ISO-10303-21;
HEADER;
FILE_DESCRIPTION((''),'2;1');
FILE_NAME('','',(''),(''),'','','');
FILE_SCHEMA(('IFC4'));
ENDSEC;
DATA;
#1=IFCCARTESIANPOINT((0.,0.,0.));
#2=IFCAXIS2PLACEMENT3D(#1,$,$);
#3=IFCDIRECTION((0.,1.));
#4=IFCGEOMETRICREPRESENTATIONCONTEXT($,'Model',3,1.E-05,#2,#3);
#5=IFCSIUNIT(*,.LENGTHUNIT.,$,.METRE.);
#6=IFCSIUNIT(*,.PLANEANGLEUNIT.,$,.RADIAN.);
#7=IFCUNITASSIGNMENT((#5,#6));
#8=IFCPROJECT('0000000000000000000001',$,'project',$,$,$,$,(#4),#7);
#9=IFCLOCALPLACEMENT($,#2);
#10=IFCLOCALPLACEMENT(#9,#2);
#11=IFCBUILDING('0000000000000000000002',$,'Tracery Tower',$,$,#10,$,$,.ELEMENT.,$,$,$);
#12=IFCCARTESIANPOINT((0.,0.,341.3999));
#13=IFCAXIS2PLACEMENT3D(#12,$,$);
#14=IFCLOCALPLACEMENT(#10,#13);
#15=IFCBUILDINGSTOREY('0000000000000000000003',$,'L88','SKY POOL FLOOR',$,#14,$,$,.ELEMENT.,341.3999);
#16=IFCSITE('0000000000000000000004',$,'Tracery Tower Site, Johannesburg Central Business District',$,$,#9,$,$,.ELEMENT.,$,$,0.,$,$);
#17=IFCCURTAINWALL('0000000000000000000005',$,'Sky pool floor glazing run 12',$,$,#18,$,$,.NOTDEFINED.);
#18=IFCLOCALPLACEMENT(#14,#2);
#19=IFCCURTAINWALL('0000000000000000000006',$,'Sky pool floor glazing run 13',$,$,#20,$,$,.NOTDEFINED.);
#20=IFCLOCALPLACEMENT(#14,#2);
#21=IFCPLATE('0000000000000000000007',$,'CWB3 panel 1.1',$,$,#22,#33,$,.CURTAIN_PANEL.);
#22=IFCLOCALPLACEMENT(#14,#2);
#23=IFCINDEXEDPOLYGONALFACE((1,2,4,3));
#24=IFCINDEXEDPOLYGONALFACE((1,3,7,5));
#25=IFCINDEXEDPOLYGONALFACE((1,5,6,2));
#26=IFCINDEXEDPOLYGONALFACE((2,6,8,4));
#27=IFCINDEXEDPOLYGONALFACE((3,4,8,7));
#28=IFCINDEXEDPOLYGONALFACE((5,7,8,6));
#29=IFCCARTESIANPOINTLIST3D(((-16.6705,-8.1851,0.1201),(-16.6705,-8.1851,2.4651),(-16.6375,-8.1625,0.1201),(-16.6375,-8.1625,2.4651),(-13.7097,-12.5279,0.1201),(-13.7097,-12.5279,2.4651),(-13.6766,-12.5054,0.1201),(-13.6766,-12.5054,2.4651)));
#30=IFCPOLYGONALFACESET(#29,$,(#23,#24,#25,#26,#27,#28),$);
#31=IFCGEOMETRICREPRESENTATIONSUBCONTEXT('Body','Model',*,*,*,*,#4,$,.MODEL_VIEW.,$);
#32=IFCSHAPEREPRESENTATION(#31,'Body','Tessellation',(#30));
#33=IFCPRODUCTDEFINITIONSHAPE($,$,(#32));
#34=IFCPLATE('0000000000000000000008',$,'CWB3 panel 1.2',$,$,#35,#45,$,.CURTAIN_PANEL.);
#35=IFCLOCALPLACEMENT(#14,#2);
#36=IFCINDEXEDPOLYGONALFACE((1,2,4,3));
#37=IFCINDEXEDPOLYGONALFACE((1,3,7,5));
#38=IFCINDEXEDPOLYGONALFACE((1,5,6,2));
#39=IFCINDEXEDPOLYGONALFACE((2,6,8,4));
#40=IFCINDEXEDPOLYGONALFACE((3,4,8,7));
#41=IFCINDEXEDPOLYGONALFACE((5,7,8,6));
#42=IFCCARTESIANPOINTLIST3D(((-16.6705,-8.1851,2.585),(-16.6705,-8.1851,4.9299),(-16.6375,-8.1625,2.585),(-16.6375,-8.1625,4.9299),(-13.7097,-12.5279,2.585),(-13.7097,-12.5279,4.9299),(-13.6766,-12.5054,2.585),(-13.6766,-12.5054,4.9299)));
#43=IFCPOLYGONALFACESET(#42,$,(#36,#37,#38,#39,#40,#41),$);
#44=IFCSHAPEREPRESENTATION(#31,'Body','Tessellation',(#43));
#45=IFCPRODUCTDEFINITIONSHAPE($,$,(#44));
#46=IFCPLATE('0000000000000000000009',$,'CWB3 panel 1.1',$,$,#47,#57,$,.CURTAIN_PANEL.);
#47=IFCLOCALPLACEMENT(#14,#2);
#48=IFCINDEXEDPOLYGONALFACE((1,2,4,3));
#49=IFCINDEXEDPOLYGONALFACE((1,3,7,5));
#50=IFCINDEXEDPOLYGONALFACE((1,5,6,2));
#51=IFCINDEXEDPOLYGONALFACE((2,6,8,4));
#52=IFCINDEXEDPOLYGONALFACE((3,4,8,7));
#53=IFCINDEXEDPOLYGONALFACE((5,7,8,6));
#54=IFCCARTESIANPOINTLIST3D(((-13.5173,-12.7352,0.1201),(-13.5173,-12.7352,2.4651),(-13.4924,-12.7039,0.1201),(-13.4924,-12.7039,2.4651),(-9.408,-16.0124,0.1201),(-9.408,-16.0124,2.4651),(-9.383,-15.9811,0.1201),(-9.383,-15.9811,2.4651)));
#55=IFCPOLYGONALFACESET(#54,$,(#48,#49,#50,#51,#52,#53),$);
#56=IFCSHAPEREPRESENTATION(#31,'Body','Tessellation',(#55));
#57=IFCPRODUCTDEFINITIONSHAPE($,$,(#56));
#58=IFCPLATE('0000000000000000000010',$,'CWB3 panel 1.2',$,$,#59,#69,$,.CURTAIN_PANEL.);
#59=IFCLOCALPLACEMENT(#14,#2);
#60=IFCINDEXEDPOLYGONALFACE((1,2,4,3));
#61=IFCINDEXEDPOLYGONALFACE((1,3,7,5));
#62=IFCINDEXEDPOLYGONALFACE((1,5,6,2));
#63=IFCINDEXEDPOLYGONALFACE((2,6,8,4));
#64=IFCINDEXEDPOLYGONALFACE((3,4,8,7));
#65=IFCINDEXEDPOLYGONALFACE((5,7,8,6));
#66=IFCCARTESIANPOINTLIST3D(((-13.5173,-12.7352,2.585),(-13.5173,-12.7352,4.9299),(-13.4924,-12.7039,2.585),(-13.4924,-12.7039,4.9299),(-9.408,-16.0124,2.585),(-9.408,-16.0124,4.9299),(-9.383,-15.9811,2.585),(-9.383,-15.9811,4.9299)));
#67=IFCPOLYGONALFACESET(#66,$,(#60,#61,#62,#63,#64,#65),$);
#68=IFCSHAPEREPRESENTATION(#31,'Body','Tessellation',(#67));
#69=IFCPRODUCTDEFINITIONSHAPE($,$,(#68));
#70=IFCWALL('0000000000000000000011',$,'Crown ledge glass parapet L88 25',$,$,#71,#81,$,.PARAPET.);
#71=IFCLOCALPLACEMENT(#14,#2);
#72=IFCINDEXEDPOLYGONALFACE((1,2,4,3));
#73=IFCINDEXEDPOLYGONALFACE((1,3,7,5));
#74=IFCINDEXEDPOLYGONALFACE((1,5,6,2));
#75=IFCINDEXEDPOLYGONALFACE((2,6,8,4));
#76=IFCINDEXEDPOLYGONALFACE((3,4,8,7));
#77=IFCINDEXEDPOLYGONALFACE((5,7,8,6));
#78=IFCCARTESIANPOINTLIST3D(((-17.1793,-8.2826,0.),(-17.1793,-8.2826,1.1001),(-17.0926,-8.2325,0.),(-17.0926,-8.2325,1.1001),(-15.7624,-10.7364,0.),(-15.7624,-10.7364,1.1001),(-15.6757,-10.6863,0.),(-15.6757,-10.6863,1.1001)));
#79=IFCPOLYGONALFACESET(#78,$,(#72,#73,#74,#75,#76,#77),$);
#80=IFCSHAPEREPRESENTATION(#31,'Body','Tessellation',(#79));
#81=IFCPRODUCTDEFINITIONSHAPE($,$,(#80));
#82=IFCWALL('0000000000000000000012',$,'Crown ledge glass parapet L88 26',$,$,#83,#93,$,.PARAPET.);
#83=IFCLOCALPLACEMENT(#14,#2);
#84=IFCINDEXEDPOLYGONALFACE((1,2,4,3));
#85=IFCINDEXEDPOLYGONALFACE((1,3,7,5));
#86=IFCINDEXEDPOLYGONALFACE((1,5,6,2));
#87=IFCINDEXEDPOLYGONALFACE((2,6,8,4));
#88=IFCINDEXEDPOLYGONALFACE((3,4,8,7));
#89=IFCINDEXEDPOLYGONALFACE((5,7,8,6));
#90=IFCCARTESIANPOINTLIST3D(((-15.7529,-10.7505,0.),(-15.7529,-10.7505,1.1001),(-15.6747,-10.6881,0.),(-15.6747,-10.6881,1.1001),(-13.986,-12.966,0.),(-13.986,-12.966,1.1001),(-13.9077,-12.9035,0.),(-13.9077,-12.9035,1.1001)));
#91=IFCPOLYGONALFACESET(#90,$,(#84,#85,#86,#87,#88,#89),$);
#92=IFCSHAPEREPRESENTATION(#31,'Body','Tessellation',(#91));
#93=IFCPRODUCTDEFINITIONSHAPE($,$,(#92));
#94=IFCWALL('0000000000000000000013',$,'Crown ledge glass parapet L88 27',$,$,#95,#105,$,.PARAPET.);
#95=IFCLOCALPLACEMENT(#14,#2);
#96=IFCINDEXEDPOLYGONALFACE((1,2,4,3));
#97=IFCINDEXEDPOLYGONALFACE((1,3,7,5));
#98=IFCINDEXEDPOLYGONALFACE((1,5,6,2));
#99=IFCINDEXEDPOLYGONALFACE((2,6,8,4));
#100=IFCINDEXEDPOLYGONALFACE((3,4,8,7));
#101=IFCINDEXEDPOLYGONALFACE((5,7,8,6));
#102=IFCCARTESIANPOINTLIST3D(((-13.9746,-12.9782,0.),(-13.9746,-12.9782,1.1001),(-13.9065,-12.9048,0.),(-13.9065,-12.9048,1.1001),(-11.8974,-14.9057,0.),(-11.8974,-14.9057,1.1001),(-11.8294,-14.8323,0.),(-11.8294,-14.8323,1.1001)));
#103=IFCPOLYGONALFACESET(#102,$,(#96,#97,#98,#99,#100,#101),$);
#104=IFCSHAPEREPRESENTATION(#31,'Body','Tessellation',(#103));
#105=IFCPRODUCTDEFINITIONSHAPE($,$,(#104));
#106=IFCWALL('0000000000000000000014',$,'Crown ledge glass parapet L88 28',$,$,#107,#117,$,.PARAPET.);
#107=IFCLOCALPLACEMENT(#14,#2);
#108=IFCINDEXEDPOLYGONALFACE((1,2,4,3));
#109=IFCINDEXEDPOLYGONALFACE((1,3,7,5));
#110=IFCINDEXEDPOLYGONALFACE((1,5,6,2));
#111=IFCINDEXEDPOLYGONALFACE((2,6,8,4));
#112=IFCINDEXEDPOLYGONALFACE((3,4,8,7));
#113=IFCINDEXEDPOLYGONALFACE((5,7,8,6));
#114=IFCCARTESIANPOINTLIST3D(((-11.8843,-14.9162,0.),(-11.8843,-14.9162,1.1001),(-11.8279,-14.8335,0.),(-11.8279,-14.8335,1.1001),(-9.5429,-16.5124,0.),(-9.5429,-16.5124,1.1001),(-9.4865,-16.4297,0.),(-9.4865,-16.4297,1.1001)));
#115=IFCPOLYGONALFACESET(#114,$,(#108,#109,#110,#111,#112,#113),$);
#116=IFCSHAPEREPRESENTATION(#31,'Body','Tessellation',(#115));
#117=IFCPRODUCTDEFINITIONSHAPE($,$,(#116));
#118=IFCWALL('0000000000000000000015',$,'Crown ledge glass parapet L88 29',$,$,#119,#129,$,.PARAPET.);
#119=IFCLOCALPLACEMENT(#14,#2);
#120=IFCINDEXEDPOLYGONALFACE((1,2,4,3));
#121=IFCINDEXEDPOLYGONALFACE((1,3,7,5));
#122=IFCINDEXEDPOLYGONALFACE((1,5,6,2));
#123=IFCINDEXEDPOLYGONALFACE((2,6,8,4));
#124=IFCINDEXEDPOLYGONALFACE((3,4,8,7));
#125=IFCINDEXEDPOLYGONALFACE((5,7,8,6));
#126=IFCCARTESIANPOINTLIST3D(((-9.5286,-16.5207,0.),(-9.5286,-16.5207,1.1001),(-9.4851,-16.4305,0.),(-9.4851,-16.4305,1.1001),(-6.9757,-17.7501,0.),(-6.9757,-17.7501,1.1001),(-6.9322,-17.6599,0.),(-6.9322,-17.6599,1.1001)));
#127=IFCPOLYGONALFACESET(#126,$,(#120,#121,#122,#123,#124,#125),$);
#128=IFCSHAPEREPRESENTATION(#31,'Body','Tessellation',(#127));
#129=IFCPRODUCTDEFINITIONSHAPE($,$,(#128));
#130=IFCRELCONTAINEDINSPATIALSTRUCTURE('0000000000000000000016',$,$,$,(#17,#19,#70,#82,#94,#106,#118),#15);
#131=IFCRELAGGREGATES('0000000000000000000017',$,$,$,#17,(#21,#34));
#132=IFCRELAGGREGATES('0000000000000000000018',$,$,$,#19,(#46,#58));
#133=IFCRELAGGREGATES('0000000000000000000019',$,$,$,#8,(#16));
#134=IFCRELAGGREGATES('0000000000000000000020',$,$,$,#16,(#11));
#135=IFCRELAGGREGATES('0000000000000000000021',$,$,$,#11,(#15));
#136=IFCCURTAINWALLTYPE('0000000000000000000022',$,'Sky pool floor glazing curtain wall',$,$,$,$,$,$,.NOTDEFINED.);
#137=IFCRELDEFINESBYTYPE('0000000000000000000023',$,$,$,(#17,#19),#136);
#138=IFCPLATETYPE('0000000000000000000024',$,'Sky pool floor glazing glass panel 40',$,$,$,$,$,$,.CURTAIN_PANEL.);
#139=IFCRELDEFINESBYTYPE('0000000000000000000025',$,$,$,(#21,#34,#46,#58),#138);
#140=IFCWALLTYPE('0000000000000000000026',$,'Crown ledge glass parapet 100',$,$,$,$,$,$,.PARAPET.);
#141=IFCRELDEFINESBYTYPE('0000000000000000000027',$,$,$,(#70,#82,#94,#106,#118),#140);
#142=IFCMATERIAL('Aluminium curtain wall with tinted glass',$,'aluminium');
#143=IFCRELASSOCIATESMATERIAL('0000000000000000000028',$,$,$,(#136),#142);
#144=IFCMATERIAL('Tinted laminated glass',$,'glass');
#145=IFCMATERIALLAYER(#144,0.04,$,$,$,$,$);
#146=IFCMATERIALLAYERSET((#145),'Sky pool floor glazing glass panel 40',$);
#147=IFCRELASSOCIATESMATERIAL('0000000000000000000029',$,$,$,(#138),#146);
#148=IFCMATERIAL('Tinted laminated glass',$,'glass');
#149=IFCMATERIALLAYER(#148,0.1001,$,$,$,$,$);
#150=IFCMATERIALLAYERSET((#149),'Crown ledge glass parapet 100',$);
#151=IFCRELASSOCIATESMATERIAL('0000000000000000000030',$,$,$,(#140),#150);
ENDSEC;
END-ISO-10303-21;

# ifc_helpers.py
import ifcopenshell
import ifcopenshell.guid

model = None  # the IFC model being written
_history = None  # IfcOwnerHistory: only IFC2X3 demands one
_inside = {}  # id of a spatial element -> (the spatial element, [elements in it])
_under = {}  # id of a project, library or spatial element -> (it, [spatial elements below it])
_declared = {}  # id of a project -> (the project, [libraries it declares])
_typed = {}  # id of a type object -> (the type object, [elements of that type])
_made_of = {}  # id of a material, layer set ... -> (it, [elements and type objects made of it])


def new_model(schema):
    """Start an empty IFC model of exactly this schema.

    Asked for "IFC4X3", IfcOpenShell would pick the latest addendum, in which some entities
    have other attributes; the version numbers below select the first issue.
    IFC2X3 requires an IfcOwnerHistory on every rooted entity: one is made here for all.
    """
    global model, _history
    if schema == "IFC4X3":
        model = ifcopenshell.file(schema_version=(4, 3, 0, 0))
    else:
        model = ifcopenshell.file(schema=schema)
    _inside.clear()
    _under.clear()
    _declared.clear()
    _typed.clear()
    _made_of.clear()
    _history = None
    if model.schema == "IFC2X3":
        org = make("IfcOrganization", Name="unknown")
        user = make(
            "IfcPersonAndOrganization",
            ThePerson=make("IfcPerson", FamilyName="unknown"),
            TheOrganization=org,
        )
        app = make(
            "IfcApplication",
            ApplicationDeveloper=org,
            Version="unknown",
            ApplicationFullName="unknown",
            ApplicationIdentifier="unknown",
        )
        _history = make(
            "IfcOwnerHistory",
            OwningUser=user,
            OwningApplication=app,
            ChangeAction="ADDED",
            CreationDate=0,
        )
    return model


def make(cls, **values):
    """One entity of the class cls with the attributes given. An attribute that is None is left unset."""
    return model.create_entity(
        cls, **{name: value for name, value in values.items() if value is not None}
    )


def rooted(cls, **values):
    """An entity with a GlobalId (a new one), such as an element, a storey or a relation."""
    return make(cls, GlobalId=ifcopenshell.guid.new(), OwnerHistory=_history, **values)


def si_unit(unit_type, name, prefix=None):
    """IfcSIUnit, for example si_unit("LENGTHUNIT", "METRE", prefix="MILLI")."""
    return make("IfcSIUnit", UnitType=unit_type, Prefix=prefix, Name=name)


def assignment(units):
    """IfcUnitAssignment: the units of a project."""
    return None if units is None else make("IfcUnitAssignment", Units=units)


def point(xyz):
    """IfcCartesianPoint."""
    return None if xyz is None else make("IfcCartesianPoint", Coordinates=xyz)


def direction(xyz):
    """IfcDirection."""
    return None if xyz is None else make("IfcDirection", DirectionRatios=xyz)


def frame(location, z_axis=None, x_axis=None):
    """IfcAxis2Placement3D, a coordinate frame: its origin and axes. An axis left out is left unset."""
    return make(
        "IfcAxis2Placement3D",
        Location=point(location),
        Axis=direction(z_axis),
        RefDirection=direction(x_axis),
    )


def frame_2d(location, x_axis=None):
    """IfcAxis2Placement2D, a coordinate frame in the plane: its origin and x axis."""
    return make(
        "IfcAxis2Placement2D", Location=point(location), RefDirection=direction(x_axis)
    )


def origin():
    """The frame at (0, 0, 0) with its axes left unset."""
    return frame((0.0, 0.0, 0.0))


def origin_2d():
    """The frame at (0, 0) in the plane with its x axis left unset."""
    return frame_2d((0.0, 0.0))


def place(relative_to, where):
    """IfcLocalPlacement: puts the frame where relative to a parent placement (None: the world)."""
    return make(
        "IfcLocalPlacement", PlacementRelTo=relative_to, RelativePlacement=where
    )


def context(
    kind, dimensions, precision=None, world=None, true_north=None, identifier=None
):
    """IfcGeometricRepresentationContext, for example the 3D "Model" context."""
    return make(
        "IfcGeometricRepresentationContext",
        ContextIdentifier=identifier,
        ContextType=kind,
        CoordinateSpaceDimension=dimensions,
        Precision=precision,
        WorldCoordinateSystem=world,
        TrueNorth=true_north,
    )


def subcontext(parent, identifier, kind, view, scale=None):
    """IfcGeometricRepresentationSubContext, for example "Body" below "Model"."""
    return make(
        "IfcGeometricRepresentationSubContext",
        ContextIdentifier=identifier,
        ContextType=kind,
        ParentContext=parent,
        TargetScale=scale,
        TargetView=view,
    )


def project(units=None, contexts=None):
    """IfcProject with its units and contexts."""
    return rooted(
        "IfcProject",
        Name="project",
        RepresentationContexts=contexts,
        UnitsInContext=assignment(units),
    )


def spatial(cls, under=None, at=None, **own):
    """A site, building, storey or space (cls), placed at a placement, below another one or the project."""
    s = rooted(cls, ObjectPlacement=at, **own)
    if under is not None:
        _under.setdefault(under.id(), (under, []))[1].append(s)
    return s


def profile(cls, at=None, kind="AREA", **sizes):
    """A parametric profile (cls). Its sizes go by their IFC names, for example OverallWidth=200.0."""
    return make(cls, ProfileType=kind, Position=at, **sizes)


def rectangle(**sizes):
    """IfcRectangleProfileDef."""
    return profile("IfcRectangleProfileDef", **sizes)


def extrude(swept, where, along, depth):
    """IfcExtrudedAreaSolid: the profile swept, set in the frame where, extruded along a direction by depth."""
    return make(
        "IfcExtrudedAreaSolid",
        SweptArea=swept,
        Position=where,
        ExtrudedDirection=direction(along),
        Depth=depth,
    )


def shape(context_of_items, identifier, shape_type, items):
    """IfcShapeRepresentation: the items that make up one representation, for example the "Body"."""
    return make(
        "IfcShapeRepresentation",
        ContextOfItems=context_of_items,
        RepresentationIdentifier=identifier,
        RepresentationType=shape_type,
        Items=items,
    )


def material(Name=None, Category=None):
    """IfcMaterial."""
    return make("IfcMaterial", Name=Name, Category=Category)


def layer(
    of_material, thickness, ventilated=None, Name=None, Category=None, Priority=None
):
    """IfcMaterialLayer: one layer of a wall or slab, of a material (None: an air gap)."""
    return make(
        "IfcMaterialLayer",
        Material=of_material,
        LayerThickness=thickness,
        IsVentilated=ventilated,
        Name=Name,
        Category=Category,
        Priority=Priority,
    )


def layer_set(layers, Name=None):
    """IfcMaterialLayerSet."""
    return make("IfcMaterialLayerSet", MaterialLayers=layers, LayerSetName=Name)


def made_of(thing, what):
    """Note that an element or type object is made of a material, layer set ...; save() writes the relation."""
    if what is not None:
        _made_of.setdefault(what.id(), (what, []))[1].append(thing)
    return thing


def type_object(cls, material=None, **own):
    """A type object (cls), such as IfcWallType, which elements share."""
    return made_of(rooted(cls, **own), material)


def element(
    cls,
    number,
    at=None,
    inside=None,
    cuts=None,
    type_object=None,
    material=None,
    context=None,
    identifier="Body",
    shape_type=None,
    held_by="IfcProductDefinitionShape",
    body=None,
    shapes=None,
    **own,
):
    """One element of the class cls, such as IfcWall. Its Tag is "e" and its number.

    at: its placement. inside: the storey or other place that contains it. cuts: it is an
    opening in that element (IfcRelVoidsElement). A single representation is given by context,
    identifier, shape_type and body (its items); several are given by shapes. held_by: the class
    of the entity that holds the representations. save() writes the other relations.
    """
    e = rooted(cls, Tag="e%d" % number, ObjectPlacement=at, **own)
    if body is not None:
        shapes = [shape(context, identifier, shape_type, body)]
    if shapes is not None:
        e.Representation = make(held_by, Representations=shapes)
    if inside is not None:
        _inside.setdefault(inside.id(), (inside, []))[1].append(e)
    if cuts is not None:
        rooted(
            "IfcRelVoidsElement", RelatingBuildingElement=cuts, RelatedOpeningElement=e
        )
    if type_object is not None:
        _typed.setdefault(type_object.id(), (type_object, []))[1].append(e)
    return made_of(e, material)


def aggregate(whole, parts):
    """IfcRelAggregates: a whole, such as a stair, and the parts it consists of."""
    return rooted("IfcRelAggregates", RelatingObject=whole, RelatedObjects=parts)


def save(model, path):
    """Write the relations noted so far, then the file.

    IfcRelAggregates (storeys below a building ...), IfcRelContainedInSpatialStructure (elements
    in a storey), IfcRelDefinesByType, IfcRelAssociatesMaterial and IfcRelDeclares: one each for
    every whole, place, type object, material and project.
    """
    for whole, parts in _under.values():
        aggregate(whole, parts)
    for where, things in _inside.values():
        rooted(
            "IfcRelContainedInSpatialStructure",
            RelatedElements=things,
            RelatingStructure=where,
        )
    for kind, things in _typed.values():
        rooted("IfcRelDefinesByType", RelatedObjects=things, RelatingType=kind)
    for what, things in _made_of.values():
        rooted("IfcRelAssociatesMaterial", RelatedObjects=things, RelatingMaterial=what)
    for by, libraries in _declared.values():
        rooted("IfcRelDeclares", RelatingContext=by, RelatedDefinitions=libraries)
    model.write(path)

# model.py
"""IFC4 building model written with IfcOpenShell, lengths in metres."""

from ifc_helpers import new_model, si_unit, direction, frame, frame_2d, origin, origin_2d, place, context, subcontext, project, spatial, rectangle, extrude, material, layer, layer_set, type_object, element, aggregate, save


model = new_model("IFC4")

# Units and contexts
model_context = context("Model", 3, precision=1e-05, world=origin(), true_north=direction((0.0, 1.0)))
body_context = subcontext(model_context, "Body", "Model", "MODEL_VIEW")
ifc_project = project(units=[si_unit("LENGTHUNIT", "METRE"), si_unit("PLANEANGLEUNIT", "RADIAN")], contexts=[model_context])

# Site, building, storey
site_placement = place(None, origin())
site = spatial("IfcSite", under=ifc_project, at=site_placement, Name="Tracery Tower Site, Johannesburg Central Business District", CompositionType="ELEMENT", RefElevation=0.0)
building_placement = place(site_placement, origin())
building = spatial("IfcBuilding", under=site, at=building_placement, Name="Tracery Tower", CompositionType="ELEMENT")
storey_placement = place(building_placement, frame((0.0, 0.0, 341.3999)))
storey = spatial("IfcBuildingStorey", under=building, at=storey_placement, Name="L88", Description="SKY POOL FLOOR", CompositionType="ELEMENT", Elevation=341.3999)

# Curtain wall
ifc_material_1 = material(Name="Aluminium curtain wall with tinted glass", Category="aluminium")
curtain_wall_type = type_object("IfcCurtainWallType", Name="Sky pool floor glazing curtain wall", PredefinedType="NOTDEFINED", material=ifc_material_1)
curtain_wall_1_placement = place(storey_placement, origin())
curtain_wall_1 = element("IfcCurtainWall", 1, at=curtain_wall_1_placement, inside=storey, type_object=curtain_wall_type, Name="Sky pool floor glazing run 12", PredefinedType="NOTDEFINED")

# Curtain wall
curtain_wall_2_placement = place(storey_placement, origin())
curtain_wall_2 = element("IfcCurtainWall", 2, at=curtain_wall_2_placement, inside=storey, type_object=curtain_wall_type, Name="Sky pool floor glazing run 13", PredefinedType="NOTDEFINED")

# Plates
ifc_material_2 = material(Name="Tinted laminated glass", Category="glass")
ifc_layer_1 = layer(ifc_material_2, 0.04)
ifc_layer_set_1 = layer_set([ifc_layer_1], Name="Sky pool floor glazing glass panel 40")
plate_type = type_object("IfcPlateType", Name="Sky pool floor glazing glass panel 40", PredefinedType="CURTAIN_PANEL", material=ifc_layer_set_1)
plate_1_placement = place(storey_placement, frame((-15.1736, -10.3452, 0.1201), z_axis=(0.0, 0.0, 1.0), x_axis=(0.563311, -0.826245, 0.0)))
plate_1 = element("IfcPlate", 3, at=plate_1_placement, type_object=plate_type, Name="CWB3 panel 1.1", PredefinedType="CURTAIN_PANEL", context=body_context, shape_type="SweptSolid", body=[
    extrude(rectangle(XDim=5.2561, YDim=0.04, at=origin_2d()), origin(), (0.0, 0.0, 1.0), 2.345),
])
plate_2_placement = place(storey_placement, frame((-15.1736, -10.3452, 2.585), z_axis=(0.0, 0.0, 1.0), x_axis=(0.563311, -0.826245, 0.0)))
plate_2 = element("IfcPlate", 4, at=plate_2_placement, type_object=plate_type, Name="CWB3 panel 1.2", PredefinedType="CURTAIN_PANEL", context=body_context, shape_type="SweptSolid", body=[
    extrude(rectangle(XDim=5.2561, YDim=0.04, at=origin_2d()), origin(), (0.0, 0.0, 1.0), 2.345),
])
aggregate(curtain_wall_1, [plate_1, plate_2])
plate_3_placement = place(storey_placement, frame((-11.4502, -14.3582, 0.1201), z_axis=(0.0, 0.0, 1.0), x_axis=(0.781821, -0.623503, 0.0)))
plate_3 = element("IfcPlate", 5, at=plate_3_placement, type_object=plate_type, Name="CWB3 panel 1.1", PredefinedType="CURTAIN_PANEL", context=body_context, shape_type="SweptSolid", body=[
    extrude(rectangle(XDim=5.2561, YDim=0.04, at=origin_2d()), origin(), (0.0, 0.0, 1.0), 2.345),
])
plate_4_placement = place(storey_placement, frame((-11.4502, -14.3582, 2.585), z_axis=(0.0, 0.0, 1.0), x_axis=(0.781821, -0.623503, 0.0)))
plate_4 = element("IfcPlate", 6, at=plate_4_placement, type_object=plate_type, Name="CWB3 panel 1.2", PredefinedType="CURTAIN_PANEL", context=body_context, shape_type="SweptSolid", body=[
    extrude(rectangle(XDim=5.2561, YDim=0.04, at=origin_2d()), origin(), (0.0, 0.0, 1.0), 2.345),
])
aggregate(curtain_wall_2, [plate_3, plate_4])

# Walls
ifc_material_3 = material(Name="Tinted laminated glass", Category="glass")
ifc_layer_2 = layer(ifc_material_3, 0.1001)
ifc_layer_set_2 = layer_set([ifc_layer_2], Name="Crown ledge glass parapet 100")
wall_type = type_object("IfcWallType", Name="Crown ledge glass parapet 100", PredefinedType="PARAPET", material=ifc_layer_set_2)
wall_1_placement = place(storey_placement, frame((-17.136, -8.2576, 0.0), z_axis=(0.0, 0.0, 1.0), x_axis=(0.500068, -0.865986, 0.0)))
element("IfcWall", 7, at=wall_1_placement, inside=storey, type_object=wall_type, Name="Crown ledge glass parapet L88 25", PredefinedType="PARAPET", context=body_context, shape_type="SweptSolid", body=[
    extrude(rectangle(XDim=2.8335, YDim=0.1001, at=frame_2d((1.4167, 0.0))), origin(), (0.0, 0.0, 1.0), 1.1001),
])
for number, where, z_axis, x_axis, name in (
    (8, (-15.7139, -10.7192, 0.0), (0.0, 0.0, 1.0), (0.623528, -0.781801, 0.0), "Crown ledge glass parapet L88 26"),
    (9, (-13.9407, -12.9414, 0.0), (0.0, 0.0, 1.0), (0.733021, -0.680207, 0.0), "Crown ledge glass parapet L88 27"),
    (10, (-11.8562, -14.8748, 0.0), (0.0, 0.0, 1.0), (0.826253, -0.563299, 0.0), "Crown ledge glass parapet L88 28"),
):
    element("IfcWall", number, at=place(storey_placement, frame(where, z_axis=z_axis, x_axis=x_axis)), inside=storey, type_object=wall_type, Name=name, PredefinedType="PARAPET", context=body_context, shape_type="SweptSolid", body=[
        extrude(rectangle(XDim=2.8337, YDim=0.1001, at=frame_2d((1.417, 0.0))), origin(), (0.0, 0.0, 1.0), 1.1001),
    ])
wall_2_placement = place(storey_placement, frame((-9.5068, -16.4756, 0.0), z_axis=(0.0, 0.0, 1.0), x_axis=(0.900963, -0.433896, 0.0)))
element("IfcWall", 11, at=wall_2_placement, inside=storey, type_object=wall_type, Name="Crown ledge glass parapet L88 29", PredefinedType="PARAPET", context=body_context, shape_type="SweptSolid", body=[
    extrude(rectangle(XDim=2.8335, YDim=0.1001, at=frame_2d((1.4167, 0.0))), origin(), (0.0, 0.0, 1.0), 1.1001),
])

save(model, "model.ifc")
